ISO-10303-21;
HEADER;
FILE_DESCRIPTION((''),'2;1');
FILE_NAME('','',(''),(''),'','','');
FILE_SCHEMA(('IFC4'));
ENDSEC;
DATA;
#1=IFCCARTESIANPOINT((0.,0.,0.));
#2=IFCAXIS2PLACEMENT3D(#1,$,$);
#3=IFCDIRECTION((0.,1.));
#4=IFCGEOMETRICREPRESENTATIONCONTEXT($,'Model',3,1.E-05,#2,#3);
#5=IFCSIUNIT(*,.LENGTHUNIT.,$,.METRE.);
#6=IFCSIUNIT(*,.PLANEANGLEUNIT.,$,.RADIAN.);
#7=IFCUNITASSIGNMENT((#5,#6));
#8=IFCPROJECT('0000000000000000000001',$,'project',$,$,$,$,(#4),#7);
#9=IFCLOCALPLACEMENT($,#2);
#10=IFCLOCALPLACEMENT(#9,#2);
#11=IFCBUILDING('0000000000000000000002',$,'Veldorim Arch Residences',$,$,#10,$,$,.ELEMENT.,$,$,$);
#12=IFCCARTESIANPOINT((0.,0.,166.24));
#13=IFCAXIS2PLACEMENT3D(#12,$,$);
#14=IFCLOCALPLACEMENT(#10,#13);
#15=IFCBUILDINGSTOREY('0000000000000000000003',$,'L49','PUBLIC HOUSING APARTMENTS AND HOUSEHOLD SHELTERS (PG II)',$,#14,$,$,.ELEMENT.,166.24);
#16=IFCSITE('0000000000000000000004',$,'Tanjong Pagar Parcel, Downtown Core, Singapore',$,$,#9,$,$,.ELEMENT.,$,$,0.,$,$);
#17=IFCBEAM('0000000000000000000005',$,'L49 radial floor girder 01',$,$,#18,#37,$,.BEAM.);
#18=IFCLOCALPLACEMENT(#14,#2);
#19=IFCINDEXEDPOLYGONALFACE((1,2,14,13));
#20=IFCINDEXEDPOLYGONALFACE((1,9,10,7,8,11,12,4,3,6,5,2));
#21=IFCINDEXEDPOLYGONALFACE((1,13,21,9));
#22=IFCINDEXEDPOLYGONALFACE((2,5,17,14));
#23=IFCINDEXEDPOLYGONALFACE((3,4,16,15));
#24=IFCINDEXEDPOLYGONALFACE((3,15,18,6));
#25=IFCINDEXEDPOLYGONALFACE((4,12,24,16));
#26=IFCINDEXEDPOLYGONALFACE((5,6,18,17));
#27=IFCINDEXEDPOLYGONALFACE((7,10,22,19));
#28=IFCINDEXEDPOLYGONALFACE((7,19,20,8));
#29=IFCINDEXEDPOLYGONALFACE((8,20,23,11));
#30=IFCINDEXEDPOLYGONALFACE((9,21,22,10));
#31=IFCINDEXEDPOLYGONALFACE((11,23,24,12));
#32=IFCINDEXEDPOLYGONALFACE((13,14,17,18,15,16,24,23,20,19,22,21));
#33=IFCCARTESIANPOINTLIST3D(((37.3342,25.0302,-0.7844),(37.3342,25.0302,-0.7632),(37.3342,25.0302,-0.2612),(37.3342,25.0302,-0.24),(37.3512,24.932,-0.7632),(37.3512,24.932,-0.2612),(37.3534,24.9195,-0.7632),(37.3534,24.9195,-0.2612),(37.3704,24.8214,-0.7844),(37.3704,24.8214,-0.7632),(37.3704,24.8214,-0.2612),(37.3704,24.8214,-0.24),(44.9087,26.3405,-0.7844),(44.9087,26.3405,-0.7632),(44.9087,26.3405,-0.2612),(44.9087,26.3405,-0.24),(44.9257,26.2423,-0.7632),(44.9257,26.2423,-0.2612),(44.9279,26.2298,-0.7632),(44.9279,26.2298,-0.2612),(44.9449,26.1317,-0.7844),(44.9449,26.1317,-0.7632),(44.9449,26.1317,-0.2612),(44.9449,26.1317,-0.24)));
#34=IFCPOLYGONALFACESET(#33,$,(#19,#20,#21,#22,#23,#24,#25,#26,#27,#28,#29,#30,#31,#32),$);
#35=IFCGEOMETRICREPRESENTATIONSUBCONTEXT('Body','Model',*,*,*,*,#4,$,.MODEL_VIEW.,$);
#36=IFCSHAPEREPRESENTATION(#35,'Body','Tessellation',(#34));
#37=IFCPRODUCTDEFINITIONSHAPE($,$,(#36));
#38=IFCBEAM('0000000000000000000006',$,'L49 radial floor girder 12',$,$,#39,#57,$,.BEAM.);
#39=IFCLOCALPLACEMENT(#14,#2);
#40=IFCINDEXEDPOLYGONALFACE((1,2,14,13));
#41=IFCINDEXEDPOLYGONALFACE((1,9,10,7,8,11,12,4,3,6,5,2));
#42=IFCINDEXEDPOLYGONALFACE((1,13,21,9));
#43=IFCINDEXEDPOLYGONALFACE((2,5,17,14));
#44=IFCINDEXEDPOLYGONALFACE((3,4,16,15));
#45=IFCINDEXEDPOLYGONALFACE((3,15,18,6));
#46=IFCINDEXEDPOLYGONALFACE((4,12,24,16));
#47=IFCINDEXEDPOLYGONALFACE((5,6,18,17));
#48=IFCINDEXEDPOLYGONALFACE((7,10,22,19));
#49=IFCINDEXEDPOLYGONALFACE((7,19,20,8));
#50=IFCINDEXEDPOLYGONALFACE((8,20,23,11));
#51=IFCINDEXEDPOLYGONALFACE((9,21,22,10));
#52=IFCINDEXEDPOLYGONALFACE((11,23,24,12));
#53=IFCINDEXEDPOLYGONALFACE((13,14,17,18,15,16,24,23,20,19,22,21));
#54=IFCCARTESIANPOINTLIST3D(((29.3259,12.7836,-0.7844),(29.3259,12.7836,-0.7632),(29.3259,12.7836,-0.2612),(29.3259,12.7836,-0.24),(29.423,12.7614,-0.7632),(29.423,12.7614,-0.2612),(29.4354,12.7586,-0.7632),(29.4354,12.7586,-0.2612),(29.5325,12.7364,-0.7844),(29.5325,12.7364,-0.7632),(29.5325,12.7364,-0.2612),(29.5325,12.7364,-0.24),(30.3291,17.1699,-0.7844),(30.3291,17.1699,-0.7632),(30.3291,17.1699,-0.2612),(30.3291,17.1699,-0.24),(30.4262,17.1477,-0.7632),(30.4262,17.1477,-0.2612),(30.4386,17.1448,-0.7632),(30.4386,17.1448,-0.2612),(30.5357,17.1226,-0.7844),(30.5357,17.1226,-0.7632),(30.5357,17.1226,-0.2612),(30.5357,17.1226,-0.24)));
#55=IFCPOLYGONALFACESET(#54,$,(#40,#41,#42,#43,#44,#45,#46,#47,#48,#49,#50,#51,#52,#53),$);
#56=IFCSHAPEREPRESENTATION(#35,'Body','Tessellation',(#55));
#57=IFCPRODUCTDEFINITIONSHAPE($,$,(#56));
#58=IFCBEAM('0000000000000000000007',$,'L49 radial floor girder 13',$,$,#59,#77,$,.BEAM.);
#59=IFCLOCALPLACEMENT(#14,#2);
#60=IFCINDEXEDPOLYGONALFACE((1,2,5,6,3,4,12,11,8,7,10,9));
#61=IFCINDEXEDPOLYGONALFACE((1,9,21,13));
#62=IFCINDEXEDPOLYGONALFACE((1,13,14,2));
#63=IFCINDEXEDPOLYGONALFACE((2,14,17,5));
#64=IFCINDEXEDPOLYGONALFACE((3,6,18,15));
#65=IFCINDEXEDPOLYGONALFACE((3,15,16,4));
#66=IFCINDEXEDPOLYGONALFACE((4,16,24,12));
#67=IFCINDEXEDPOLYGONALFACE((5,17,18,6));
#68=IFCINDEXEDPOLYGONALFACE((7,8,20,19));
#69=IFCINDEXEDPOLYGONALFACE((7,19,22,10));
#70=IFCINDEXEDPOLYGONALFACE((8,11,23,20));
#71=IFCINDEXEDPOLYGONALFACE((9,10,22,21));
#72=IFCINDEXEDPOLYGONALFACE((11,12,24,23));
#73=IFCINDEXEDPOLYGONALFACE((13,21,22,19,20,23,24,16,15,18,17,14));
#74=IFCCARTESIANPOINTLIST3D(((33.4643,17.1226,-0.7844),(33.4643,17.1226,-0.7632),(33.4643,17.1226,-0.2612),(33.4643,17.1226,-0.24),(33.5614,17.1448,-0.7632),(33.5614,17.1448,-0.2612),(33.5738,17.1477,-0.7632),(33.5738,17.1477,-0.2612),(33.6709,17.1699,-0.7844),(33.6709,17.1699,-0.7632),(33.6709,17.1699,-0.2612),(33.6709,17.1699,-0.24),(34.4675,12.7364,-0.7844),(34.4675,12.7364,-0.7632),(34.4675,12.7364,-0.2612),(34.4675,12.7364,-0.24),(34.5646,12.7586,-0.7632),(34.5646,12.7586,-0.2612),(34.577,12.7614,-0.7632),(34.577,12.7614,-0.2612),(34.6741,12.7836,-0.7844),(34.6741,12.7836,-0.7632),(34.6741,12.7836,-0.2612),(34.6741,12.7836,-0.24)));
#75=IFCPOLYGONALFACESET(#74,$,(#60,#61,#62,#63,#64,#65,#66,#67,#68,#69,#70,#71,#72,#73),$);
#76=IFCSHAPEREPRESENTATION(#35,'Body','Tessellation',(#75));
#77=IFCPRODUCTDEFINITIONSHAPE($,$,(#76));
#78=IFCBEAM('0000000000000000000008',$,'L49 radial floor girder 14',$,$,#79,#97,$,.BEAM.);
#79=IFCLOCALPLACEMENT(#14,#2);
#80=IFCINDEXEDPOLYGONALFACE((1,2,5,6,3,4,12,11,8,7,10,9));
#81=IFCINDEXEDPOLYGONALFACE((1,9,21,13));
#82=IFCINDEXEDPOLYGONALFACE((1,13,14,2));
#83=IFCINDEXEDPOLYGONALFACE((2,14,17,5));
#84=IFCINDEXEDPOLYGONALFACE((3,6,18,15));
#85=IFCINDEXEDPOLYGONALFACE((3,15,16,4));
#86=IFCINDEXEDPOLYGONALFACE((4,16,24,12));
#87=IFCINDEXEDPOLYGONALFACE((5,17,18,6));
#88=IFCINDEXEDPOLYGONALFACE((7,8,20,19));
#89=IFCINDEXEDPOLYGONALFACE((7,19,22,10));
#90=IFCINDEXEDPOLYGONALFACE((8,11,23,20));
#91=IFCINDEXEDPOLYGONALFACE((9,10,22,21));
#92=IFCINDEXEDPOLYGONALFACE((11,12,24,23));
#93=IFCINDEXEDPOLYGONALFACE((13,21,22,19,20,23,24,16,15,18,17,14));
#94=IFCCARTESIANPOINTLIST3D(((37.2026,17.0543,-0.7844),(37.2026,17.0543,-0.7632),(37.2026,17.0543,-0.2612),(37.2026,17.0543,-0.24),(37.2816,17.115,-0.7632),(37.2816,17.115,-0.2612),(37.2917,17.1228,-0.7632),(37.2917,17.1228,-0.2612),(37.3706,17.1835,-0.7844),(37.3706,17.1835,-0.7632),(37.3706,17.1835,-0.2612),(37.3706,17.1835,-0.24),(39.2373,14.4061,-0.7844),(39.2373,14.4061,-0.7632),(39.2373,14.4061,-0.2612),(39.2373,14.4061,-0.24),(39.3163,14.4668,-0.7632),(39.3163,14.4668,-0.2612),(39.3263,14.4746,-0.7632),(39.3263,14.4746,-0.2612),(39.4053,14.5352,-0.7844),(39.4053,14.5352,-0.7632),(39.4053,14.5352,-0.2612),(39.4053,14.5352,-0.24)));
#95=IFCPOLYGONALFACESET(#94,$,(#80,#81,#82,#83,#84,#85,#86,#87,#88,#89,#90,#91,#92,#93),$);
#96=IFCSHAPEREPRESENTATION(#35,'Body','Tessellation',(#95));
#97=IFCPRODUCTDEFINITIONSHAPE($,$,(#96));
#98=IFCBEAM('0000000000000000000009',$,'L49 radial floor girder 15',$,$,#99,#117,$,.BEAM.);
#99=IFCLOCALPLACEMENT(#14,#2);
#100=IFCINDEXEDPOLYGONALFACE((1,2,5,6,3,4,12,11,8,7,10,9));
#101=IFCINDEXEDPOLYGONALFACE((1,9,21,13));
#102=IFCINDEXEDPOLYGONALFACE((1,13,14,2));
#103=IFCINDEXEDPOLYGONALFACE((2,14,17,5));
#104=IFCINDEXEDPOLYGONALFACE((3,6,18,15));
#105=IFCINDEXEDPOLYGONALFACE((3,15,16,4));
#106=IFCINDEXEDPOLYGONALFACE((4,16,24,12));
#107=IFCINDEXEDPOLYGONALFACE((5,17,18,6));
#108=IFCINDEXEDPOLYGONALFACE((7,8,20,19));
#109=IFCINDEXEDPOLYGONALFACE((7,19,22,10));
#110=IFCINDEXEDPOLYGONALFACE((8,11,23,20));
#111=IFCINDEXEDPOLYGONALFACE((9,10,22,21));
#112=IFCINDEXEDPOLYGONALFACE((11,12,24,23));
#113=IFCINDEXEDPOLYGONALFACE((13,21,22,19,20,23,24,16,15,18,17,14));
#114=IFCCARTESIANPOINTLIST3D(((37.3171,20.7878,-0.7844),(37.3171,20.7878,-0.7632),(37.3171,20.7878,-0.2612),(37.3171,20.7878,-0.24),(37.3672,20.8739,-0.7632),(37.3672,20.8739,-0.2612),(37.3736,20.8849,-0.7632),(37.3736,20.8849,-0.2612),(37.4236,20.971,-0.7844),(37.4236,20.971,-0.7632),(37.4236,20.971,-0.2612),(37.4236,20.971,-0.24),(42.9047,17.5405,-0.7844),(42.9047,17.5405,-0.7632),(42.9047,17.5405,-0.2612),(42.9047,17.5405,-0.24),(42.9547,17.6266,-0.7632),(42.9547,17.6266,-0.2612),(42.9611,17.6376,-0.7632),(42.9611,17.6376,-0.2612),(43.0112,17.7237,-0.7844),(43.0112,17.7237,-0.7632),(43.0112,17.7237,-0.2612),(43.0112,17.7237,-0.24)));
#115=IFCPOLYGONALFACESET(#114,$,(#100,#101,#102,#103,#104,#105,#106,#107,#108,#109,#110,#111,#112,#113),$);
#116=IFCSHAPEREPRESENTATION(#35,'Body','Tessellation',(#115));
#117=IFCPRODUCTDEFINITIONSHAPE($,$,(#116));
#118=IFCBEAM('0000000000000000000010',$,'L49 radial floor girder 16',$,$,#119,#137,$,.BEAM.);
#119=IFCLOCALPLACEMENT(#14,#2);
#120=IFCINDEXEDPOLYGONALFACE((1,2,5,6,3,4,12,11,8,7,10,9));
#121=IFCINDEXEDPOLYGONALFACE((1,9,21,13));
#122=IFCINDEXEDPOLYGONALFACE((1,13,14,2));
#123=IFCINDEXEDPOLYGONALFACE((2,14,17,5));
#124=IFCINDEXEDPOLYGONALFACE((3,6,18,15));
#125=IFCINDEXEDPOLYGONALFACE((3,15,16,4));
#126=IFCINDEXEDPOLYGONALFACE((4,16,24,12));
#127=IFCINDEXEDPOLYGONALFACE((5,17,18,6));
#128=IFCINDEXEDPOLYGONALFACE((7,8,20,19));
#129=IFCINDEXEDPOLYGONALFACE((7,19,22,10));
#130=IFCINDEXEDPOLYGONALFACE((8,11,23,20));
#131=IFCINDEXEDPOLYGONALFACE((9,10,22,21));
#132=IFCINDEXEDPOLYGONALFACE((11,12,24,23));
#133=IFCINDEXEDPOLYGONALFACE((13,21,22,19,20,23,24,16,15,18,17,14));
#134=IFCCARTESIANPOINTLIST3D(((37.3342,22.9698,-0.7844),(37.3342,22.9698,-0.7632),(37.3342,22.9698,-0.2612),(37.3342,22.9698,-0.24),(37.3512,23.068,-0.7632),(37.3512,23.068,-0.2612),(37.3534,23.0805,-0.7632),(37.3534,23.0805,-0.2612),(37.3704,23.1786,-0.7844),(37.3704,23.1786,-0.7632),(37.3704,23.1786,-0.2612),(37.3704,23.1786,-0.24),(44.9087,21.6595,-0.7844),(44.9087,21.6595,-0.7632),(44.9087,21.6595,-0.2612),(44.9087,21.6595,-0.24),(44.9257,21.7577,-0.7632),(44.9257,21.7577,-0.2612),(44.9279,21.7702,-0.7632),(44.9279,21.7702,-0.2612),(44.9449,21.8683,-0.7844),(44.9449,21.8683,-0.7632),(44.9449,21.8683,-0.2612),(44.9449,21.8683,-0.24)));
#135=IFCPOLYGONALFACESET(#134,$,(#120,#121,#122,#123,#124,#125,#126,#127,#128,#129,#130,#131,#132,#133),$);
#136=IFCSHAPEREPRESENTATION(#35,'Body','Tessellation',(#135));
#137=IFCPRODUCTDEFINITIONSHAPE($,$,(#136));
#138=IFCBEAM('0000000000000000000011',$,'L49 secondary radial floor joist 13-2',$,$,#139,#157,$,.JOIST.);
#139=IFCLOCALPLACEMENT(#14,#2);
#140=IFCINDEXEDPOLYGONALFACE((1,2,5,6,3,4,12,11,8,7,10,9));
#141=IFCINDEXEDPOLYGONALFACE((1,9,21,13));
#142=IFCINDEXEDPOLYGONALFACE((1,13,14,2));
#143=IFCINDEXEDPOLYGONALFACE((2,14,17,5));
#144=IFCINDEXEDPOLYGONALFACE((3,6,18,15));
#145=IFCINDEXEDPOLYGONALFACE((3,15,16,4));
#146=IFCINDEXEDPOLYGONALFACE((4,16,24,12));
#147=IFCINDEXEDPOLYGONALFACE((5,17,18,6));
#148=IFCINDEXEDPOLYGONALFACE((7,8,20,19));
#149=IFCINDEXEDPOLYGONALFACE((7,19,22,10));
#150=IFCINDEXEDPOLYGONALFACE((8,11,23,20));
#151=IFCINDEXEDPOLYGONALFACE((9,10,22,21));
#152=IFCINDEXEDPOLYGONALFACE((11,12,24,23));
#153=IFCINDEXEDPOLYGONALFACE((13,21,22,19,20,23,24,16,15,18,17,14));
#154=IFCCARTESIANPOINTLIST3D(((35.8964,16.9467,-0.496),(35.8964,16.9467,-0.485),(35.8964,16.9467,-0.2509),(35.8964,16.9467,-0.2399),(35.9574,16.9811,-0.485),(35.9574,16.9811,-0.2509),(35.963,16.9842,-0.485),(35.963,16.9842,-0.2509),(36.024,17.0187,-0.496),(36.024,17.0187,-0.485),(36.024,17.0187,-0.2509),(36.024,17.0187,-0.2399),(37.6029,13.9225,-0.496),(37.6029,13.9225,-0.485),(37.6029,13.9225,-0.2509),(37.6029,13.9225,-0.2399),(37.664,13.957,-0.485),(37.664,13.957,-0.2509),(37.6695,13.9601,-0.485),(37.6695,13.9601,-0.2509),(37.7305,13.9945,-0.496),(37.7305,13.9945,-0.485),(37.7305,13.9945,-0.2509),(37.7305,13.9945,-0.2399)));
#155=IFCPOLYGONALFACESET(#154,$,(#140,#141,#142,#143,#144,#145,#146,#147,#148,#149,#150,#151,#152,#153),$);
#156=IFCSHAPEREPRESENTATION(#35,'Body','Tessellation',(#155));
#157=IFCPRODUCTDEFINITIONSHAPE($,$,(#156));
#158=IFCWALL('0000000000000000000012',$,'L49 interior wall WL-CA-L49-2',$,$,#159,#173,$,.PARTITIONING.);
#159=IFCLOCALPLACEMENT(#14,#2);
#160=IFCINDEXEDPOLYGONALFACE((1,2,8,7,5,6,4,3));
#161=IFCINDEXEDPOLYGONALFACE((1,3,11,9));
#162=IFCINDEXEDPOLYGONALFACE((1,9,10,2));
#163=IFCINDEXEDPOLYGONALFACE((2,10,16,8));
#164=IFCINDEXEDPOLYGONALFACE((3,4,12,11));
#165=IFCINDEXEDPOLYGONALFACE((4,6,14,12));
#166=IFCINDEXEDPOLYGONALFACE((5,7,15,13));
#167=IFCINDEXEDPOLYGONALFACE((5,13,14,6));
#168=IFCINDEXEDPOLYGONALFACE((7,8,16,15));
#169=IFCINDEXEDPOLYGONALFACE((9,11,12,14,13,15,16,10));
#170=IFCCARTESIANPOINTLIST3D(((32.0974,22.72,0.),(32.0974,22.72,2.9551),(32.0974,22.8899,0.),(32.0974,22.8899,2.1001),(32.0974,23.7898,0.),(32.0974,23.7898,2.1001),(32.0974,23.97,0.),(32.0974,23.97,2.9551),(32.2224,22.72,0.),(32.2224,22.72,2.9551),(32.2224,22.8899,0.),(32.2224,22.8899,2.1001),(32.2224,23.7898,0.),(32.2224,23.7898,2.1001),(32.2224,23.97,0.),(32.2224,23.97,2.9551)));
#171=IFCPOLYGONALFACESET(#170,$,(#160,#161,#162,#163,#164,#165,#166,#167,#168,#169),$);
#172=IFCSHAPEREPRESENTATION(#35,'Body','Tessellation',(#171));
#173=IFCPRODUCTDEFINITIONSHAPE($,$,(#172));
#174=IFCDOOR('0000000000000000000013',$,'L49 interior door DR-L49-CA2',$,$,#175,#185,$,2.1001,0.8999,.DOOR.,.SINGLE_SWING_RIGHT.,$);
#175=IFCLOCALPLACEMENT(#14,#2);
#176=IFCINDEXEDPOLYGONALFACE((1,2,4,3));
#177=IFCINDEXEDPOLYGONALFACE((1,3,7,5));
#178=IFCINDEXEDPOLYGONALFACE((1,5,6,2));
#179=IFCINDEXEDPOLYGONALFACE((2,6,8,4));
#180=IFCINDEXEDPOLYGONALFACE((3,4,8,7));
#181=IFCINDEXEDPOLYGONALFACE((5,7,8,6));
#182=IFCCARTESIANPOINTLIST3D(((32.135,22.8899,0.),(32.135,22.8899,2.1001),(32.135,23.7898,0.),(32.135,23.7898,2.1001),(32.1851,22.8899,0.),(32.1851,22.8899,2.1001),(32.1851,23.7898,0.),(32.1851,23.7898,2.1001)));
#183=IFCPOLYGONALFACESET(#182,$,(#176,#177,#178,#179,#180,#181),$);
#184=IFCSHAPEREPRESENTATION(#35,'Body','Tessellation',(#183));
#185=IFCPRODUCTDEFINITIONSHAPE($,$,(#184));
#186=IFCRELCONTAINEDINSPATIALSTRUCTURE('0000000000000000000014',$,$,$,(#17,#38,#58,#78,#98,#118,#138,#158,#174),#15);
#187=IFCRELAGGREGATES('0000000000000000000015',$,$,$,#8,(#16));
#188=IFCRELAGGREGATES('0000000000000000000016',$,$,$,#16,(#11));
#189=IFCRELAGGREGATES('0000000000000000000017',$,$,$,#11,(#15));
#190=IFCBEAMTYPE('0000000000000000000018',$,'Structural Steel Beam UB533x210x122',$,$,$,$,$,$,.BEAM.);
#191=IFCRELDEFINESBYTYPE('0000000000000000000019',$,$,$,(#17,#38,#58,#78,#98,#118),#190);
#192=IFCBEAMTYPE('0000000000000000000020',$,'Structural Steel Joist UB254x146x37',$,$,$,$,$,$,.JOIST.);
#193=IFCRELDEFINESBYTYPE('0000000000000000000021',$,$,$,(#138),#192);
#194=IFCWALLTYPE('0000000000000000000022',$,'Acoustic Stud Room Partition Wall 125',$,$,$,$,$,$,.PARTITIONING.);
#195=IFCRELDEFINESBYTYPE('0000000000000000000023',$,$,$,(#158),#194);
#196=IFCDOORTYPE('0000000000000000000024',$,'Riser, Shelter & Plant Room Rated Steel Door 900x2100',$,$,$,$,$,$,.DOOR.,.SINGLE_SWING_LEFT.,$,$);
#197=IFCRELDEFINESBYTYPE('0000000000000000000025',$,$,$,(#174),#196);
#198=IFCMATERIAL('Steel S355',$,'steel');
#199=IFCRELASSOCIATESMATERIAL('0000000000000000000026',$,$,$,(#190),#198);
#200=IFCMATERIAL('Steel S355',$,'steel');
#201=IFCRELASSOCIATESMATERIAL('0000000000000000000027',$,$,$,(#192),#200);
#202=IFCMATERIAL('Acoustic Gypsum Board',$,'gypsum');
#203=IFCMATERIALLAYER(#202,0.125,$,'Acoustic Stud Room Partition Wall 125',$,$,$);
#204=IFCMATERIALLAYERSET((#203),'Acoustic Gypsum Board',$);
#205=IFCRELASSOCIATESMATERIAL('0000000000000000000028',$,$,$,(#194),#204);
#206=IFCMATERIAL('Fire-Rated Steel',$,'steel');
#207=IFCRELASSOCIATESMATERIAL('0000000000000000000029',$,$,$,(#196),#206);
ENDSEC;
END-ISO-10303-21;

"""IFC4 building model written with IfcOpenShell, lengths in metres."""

from ifc_helpers import new_model, si_unit, direction, frame, frame_2d, origin, origin_2d, place, context, subcontext, project, spatial, rectangle, i_section, extrude, material, layer, layer_set, material_profile, profile_set, type_object, element, fill, save


model = new_model("IFC4")

# Units and contexts
model_context = context("Model", 3, precision=1e-05, world=origin(), true_north=direction((0.0, 1.0)))
body_context = subcontext(model_context, "Body", "Model", "MODEL_VIEW")
ifc_project = project(units=[si_unit("LENGTHUNIT", "METRE"), si_unit("PLANEANGLEUNIT", "RADIAN")], contexts=[model_context])

# Site, building, storey
site_placement = place(None, origin())
site = spatial("IfcSite", under=ifc_project, at=site_placement, Name="Tanjong Pagar Parcel, Downtown Core, Singapore", CompositionType="ELEMENT", RefElevation=0.0)
building_placement = place(site_placement, origin())
building = spatial("IfcBuilding", under=site, at=building_placement, Name="Veldorim Arch Residences", CompositionType="ELEMENT")
storey_placement = place(building_placement, frame((0.0, 0.0, 166.24)))
storey = spatial("IfcBuildingStorey", under=building, at=storey_placement, Name="L49", Description="PUBLIC HOUSING APARTMENTS AND HOUSEHOLD SHELTERS (PG II)", CompositionType="ELEMENT", Elevation=166.24)

# Beams
ifc_material_1 = material(Name="Steel S355", Category="steel")
ifc_material_profile_1 = material_profile(ifc_material_1, i_section(OverallWidth=0.2119, OverallDepth=0.5444, WebThickness=0.0127, FlangeThickness=0.0212, at=origin_2d()), Name="UB533x210x122")
ifc_profile_set_1 = profile_set([ifc_material_profile_1], Name="Steel S355")
beam_type_1 = type_object("IfcBeamType", Name="Structural Steel Beam UB533x210x122", PredefinedType="BEAM", material=ifc_profile_set_1)
beam_1_placement = place(storey_placement, frame((37.3523, 24.9258, -0.5122), z_axis=(0.985365, 0.170458, 0.0), x_axis=(-0.170458, 0.985365, 0.0)))
element("IfcBeam", 1, at=beam_1_placement, inside=storey, type_object=beam_type_1, Name="L49 radial floor girder 01", PredefinedType="BEAM", context=body_context, shape_type="SweptSolid", body=[
    extrude(i_section(OverallWidth=0.2119, OverallDepth=0.5444, WebThickness=0.0127, FlangeThickness=0.0212, at=origin_2d()), origin(), (0.0, 0.0, 1.0), 7.687),
])
for number, where, z_axis, x_axis, name in (
    (2, (30.4324, 17.1462, -0.5122), (-0.222953, -0.974829, 0.0), (0.974829, -0.222953, 0.0), "L49 radial floor girder 12"),
    (3, (33.5676, 17.1462, -0.5122), (0.222953, -0.974829, 0.0), (0.974829, 0.222953, 0.0), "L49 radial floor girder 13"),
):
    element("IfcBeam", number, at=place(storey_placement, frame(where, z_axis=z_axis, x_axis=x_axis)), inside=storey, type_object=beam_type_1, Name=name, PredefinedType="BEAM", context=body_context, shape_type="SweptSolid", body=[
        extrude(i_section(OverallWidth=0.2119, OverallDepth=0.5444, WebThickness=0.0127, FlangeThickness=0.0212, at=origin_2d()), origin(), (0.0, 0.0, 1.0), 4.4995),
    ])
beam_2_placement = place(storey_placement, frame((37.2866, 17.1189, -0.5122), z_axis=(0.609258, -0.792972, 0.0), x_axis=(0.792972, 0.609258, 0.0)))
element("IfcBeam", 4, at=beam_2_placement, inside=storey, type_object=beam_type_1, Name="L49 radial floor girder 14", PredefinedType="BEAM", context=body_context, shape_type="SweptSolid", body=[
    extrude(i_section(OverallWidth=0.2119, OverallDepth=0.5444, WebThickness=0.0127, FlangeThickness=0.0212, at=origin_2d()), origin(), (0.0, 0.0, 1.0), 3.3396),
])
beam_3_placement = place(storey_placement, frame((37.3704, 20.8794, -0.5122), z_axis=(0.864596, -0.502468, 0.0), x_axis=(0.502468, 0.864596, 0.0)))
element("IfcBeam", 5, at=beam_3_placement, inside=storey, type_object=beam_type_1, Name="L49 radial floor girder 15", PredefinedType="BEAM", context=body_context, shape_type="SweptSolid", body=[
    extrude(i_section(OverallWidth=0.2119, OverallDepth=0.5444, WebThickness=0.0127, FlangeThickness=0.0212, at=origin_2d()), origin(), (0.0, 0.0, 1.0), 6.4626),
])
beam_4_placement = place(storey_placement, frame((37.3523, 23.0742, -0.5122), z_axis=(0.985365, -0.170458, 0.0), x_axis=(0.170458, 0.985365, 0.0)))
element("IfcBeam", 6, at=beam_4_placement, inside=storey, type_object=beam_type_1, Name="L49 radial floor girder 16", PredefinedType="BEAM", context=body_context, shape_type="SweptSolid", body=[
    extrude(i_section(OverallWidth=0.2119, OverallDepth=0.5444, WebThickness=0.0127, FlangeThickness=0.0212, at=origin_2d()), origin(), (0.0, 0.0, 1.0), 7.687),
])
ifc_material_2 = material(Name="Steel S355", Category="steel")
ifc_material_profile_2 = material_profile(ifc_material_2, i_section(OverallWidth=0.1465, OverallDepth=0.2561, WebThickness=0.0063, FlangeThickness=0.011, at=origin_2d()), Name="UB254x146x37")
ifc_profile_set_2 = profile_set([ifc_material_profile_2], Name="Steel S355")
beam_type_2 = type_object("IfcBeamType", Name="Structural Steel Joist UB254x146x37", PredefinedType="JOIST", material=ifc_profile_set_2)
beam_5_placement = place(storey_placement, frame((35.9602, 16.9827, -0.3679), z_axis=(0.491452, -0.870904, 0.0), x_axis=(0.870904, 0.491452, 0.0)))
element("IfcBeam", 7, at=beam_5_placement, inside=storey, type_object=beam_type_2, Name="L49 secondary radial floor joist 13-2", PredefinedType="JOIST", context=body_context, shape_type="SweptSolid", body=[
    extrude(i_section(OverallWidth=0.1465, OverallDepth=0.2561, WebThickness=0.0063, FlangeThickness=0.011, at=origin_2d()), origin(), (0.0, 0.0, 1.0), 3.4724),
])

# Wall, opening, door
ifc_material_3 = material(Name="Acoustic Gypsum Board", Category="gypsum")
ifc_layer_1 = layer(ifc_material_3, 0.125, Name="Acoustic Stud Room Partition Wall 125")
ifc_layer_set_1 = layer_set([ifc_layer_1], Name="Acoustic Gypsum Board")
wall_type_1 = type_object("IfcWallType", Name="Acoustic Stud Room Partition Wall 125", PredefinedType="PARTITIONING", material=ifc_layer_set_1)
wall_1_placement = place(storey_placement, frame((32.1599, 22.72, 0.0), z_axis=(0.0, 0.0, 1.0), x_axis=(0.0, 1.0, 0.0)))
wall_1 = element("IfcWall", 8, at=wall_1_placement, inside=storey, type_object=wall_type_1, Name="L49 interior wall WL-CA-L49-2", PredefinedType="PARTITIONING", context=body_context, shape_type="SweptSolid", body=[
    extrude(rectangle(XDim=1.25, YDim=0.125, at=frame_2d((0.625, 0.0))), origin(), (0.0, 0.0, 1.0), 2.9551),
])
opening_placement = place(wall_1_placement, frame((0.1699, 0.0, 0.0)))
opening = element("IfcOpeningElement", 9, at=opening_placement, cuts=wall_1, PredefinedType="OPENING", context=body_context, shape_type="SweptSolid", body=[
    extrude(rectangle(XDim=0.8999, YDim=2.1001, at=frame_2d((0.45, 1.05))), frame((0.0, 0.0725, 0.0), z_axis=(0.0, -1.0, 0.0), x_axis=(1.0, 0.0, 0.0)), (0.0, 0.0, 1.0), 0.145),
])
ifc_material_4 = material(Name="Fire-Rated Steel", Category="steel")
door_type = type_object("IfcDoorType", Name="Riser, Shelter & Plant Room Rated Steel Door 900x2100", OperationType="SINGLE_SWING_LEFT", PredefinedType="DOOR", material=ifc_material_4)
door_placement = place(opening_placement, origin())
door = element("IfcDoor", 10, at=door_placement, inside=storey, type_object=door_type, Name="L49 interior door DR-L49-CA2", OperationType="SINGLE_SWING_RIGHT", OverallHeight=2.1001, OverallWidth=0.8999, PredefinedType="DOOR", context=body_context, shape_type="SweptSolid", body=[
    extrude(rectangle(XDim=0.8999, YDim=2.1001, at=frame_2d((0.45, 1.05))), frame((0.0, 0.0249, 0.0), z_axis=(0.0, -1.0, 0.0), x_axis=(1.0, 0.0, 0.0)), (0.0, 0.0, 1.0), 0.05),
])
fill(opening, door)

save(model, "model.ifc")
